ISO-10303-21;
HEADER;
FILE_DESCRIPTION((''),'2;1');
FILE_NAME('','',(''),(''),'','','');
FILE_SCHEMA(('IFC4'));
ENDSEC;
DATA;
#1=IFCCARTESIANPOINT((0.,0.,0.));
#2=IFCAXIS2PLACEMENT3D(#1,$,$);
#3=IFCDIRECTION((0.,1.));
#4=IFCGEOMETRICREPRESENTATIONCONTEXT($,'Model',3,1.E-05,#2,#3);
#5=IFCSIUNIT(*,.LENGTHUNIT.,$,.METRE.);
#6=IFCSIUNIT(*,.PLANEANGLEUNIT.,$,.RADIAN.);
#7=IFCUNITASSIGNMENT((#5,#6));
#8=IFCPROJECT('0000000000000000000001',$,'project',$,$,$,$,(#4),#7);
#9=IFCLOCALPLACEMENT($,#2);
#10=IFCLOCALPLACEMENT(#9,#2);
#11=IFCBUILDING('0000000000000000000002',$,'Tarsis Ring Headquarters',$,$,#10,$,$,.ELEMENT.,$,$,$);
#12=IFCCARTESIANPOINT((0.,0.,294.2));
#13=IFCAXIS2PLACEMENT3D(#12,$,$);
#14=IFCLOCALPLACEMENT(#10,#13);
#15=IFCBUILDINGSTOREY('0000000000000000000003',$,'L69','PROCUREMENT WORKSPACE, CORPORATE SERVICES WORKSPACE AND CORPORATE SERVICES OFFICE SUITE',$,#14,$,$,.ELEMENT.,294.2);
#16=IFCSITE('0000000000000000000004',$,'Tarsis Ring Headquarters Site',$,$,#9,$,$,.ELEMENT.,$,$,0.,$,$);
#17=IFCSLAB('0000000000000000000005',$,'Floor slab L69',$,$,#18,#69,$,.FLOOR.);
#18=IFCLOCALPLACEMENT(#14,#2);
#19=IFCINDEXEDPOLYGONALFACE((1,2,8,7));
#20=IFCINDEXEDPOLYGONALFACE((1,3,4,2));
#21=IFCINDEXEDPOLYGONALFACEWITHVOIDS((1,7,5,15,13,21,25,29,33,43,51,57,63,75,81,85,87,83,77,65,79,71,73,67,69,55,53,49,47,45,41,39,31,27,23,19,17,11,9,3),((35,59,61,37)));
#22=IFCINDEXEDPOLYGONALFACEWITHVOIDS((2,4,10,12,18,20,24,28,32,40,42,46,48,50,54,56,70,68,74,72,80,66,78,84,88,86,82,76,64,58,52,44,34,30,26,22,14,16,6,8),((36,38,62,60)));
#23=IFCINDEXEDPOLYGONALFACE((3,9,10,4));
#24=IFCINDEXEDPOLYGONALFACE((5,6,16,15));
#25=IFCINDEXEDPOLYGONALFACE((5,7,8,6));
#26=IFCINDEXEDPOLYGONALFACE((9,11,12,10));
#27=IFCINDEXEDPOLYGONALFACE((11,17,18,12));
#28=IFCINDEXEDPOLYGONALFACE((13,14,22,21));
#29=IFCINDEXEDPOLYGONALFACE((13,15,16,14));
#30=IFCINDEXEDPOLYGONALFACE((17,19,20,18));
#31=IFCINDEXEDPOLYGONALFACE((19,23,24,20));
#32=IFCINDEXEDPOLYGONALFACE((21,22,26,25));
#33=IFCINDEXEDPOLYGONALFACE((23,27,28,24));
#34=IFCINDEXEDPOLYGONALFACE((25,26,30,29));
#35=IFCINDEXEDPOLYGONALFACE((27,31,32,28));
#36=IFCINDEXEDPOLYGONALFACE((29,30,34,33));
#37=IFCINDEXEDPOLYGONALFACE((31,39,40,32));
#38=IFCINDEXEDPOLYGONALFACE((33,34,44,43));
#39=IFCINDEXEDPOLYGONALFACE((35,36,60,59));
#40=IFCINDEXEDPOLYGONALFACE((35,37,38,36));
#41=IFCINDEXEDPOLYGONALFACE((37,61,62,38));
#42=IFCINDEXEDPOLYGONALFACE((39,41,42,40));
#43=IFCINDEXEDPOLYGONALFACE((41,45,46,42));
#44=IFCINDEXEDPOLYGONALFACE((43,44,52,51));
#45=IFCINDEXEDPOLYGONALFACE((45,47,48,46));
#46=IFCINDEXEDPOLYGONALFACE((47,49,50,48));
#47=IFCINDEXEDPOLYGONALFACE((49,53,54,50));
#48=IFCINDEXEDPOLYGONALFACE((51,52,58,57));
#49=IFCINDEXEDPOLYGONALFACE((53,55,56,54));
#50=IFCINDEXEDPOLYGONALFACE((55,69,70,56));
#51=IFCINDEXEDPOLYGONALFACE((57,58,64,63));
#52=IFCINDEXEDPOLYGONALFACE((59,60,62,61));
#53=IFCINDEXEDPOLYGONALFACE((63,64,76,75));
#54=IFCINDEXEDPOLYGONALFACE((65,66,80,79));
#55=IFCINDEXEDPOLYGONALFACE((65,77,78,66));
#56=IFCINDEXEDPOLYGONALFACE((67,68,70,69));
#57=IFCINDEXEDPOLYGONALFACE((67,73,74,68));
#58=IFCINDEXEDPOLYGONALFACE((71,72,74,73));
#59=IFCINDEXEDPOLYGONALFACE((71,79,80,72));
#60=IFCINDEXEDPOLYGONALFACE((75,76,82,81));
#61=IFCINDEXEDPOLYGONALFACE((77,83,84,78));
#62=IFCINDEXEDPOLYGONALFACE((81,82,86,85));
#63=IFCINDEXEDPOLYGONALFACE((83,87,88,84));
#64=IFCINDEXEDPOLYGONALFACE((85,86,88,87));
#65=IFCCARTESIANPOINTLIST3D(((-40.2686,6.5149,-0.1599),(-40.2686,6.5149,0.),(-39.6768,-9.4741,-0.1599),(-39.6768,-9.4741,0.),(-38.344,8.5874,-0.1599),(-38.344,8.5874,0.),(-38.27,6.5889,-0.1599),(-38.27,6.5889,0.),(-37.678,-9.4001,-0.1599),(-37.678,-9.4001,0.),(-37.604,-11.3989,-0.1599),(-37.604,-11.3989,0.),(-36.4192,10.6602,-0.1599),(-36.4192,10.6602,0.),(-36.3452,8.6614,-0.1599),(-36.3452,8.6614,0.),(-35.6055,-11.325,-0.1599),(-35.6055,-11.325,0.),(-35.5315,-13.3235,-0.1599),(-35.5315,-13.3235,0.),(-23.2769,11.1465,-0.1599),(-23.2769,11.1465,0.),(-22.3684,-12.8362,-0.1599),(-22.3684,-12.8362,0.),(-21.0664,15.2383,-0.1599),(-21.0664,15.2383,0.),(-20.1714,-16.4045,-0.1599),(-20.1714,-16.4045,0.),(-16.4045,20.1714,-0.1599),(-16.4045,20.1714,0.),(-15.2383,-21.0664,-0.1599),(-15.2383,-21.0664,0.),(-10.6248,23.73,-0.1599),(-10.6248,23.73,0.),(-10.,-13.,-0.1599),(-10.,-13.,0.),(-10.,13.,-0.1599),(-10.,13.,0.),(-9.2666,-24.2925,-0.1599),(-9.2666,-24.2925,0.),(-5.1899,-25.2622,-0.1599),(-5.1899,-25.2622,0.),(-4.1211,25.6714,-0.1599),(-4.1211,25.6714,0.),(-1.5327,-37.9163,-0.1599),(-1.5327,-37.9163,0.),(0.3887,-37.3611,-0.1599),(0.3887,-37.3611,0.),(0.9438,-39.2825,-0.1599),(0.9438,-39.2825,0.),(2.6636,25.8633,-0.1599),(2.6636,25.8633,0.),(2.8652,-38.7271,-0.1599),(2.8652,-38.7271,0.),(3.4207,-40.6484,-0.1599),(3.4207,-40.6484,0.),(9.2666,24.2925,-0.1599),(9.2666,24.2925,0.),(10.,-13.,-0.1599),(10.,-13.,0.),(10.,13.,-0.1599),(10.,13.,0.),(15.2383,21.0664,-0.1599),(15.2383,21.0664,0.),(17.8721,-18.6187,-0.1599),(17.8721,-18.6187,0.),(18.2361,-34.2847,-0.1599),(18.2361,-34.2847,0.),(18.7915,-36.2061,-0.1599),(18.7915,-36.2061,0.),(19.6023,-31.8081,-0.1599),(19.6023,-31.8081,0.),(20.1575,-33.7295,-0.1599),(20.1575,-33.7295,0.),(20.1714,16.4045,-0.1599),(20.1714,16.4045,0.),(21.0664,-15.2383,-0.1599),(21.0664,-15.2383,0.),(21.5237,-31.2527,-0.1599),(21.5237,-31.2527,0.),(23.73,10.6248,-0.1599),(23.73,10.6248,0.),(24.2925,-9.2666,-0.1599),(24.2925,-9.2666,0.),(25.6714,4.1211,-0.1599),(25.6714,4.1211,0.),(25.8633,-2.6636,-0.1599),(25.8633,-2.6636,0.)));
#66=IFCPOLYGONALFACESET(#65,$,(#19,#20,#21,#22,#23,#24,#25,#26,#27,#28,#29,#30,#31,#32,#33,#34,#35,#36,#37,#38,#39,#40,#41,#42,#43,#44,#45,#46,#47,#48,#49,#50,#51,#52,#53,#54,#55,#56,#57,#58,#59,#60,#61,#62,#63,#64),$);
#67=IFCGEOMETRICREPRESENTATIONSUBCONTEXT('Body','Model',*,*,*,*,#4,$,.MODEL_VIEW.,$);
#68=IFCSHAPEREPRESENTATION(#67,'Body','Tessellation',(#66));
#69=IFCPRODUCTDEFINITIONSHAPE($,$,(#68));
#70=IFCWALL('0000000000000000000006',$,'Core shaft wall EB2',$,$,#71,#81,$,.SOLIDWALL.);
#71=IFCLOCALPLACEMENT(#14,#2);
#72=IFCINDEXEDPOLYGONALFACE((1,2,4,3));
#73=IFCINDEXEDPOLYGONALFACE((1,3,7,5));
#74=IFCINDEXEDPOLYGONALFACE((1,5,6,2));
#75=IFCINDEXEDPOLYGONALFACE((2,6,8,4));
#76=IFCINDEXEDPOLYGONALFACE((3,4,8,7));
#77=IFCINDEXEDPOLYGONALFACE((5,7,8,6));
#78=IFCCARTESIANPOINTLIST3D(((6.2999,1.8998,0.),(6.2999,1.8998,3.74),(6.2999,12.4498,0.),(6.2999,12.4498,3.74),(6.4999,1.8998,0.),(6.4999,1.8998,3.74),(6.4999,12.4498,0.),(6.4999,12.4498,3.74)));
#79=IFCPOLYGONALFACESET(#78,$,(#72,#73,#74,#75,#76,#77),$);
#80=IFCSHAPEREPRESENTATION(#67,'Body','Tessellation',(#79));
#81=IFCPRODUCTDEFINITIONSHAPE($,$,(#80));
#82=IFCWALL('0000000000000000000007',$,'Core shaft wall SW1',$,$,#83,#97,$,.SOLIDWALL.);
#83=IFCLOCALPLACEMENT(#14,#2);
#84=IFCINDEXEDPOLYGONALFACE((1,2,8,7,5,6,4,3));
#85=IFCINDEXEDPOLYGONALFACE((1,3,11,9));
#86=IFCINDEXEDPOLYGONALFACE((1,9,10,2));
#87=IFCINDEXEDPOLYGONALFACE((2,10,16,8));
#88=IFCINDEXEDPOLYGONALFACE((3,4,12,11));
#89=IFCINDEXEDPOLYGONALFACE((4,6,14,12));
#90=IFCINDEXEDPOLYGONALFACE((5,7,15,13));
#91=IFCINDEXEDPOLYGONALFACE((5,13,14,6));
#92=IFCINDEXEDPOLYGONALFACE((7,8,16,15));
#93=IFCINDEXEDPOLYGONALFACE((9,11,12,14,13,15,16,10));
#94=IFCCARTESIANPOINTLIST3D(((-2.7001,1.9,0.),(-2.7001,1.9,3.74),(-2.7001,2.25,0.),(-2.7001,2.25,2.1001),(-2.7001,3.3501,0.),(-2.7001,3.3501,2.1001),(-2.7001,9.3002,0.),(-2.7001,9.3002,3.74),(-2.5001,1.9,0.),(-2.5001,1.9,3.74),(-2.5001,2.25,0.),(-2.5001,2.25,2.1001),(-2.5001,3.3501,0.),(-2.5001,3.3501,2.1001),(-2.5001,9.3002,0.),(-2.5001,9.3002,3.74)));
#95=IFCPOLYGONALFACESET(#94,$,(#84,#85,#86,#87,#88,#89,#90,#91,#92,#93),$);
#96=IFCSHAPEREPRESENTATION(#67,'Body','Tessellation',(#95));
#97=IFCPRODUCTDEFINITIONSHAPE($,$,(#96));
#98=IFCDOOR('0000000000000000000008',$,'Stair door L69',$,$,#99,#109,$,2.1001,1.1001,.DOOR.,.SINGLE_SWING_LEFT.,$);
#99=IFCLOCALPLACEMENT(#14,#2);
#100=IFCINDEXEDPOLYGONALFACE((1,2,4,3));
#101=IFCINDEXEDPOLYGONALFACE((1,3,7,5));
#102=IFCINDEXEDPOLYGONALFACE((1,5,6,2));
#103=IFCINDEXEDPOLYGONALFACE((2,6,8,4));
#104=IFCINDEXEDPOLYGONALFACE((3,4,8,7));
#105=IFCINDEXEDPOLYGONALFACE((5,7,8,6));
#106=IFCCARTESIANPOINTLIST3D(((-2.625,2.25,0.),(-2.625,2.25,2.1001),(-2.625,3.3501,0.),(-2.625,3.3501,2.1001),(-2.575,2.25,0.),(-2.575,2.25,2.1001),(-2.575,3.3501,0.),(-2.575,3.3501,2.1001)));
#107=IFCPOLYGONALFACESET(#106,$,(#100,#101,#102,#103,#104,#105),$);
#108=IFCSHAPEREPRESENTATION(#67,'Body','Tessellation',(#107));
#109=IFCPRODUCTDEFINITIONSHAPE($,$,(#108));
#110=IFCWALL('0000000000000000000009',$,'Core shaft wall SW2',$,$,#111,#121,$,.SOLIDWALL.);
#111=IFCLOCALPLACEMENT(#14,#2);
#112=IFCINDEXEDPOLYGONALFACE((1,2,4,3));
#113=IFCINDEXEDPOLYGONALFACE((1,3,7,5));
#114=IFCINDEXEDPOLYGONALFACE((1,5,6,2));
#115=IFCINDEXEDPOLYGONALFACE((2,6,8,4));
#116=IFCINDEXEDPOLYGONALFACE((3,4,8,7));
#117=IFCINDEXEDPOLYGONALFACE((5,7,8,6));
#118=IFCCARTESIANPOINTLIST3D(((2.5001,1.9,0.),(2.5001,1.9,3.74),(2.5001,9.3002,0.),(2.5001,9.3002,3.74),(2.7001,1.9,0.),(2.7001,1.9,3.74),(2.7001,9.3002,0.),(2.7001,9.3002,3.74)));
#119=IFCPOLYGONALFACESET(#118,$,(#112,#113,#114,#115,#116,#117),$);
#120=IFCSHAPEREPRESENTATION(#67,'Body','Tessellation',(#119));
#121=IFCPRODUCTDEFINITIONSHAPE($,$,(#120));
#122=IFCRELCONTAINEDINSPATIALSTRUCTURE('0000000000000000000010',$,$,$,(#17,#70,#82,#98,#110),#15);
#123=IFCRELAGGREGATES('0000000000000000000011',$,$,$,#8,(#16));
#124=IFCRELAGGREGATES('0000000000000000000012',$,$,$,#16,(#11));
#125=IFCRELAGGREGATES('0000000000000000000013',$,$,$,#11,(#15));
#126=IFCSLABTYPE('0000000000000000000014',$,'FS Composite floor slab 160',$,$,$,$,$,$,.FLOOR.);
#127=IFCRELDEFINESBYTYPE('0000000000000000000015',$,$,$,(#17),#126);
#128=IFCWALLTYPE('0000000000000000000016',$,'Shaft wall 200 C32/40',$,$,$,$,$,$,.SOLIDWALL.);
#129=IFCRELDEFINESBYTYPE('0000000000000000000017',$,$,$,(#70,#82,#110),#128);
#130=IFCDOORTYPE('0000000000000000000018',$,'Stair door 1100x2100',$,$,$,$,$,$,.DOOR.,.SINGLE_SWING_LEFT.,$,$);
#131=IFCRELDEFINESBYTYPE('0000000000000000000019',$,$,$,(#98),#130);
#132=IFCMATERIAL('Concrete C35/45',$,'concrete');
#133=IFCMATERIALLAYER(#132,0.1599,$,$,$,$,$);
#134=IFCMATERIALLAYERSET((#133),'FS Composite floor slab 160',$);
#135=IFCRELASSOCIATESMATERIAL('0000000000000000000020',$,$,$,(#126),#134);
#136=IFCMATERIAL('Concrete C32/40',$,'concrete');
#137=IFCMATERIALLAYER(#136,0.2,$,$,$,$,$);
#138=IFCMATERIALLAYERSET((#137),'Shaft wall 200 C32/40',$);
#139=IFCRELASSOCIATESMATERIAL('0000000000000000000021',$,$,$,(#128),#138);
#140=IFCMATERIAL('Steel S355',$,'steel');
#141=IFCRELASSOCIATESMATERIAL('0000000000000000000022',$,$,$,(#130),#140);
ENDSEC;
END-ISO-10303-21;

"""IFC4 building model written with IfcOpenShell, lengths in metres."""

from ifc_helpers import new_model, si_unit, direction, frame, frame_2d, origin, place, context, subcontext, project, spatial, polyline, rectangle, outline, extrude, material, layer, layer_set, type_object, element, fill, save


model = new_model("IFC4")

# Units and contexts
model_context = context("Model", 3, precision=1e-05, world=origin(), true_north=direction((0.0, 1.0)))
body_context = subcontext(model_context, "Body", "Model", "MODEL_VIEW")
ifc_project = project(units=[si_unit("LENGTHUNIT", "METRE"), si_unit("PLANEANGLEUNIT", "RADIAN")], contexts=[model_context])

# Site, building, storey
site_placement = place(None, origin())
site = spatial("IfcSite", under=ifc_project, at=site_placement, Name="Tarsis Ring Headquarters Site", CompositionType="ELEMENT", RefElevation=0.0)
building_placement = place(site_placement, origin())
building = spatial("IfcBuilding", under=site, at=building_placement, Name="Tarsis Ring Headquarters", CompositionType="ELEMENT")
storey_placement = place(building_placement, frame((0.0, 0.0, 294.2)))
storey = spatial("IfcBuildingStorey", under=building, at=storey_placement, Name="L69", Description="PROCUREMENT WORKSPACE, CORPORATE SERVICES WORKSPACE AND CORPORATE SERVICES OFFICE SUITE", CompositionType="ELEMENT", Elevation=294.2)

# Slab
ifc_material_1 = material(Name="Concrete C35/45", Category="concrete")
ifc_layer_1 = layer(ifc_material_1, 0.1599)
ifc_layer_set_1 = layer_set([ifc_layer_1], Name="FS Composite floor slab 160")
slab_type_1 = type_object("IfcSlabType", Name="FS Composite floor slab 160", PredefinedType="FLOOR", material=ifc_layer_set_1)
slab_1_placement = place(storey_placement, frame((0.0, 0.0, -0.1599)))
element("IfcSlab", 1, at=slab_1_placement, inside=storey, type_object=slab_type_1, Name="Floor slab L69", PredefinedType="FLOOR", context=body_context, shape_type="SweptSolid", body=[
    extrude(outline(polyline([(-22.3684, -12.8362), (-20.1714, -16.4045), (-15.2383, -21.0664), (-9.2666, -24.2925), (-5.1899, -25.2622), (-1.5327, -37.9163), (0.3887, -37.3611), (0.9438, -39.2825), (2.8652, -38.7271), (3.4207, -40.6484), (18.7915, -36.2061), (18.2361, -34.2847), (20.1575, -33.7295), (19.6023, -31.8081), (21.5237, -31.2527), (17.8721, -18.6187), (21.0664, -15.2383), (24.2925, -9.2666), (25.8633, -2.6636), (25.6714, 4.1211), (23.73, 10.6248), (20.1714, 16.4045), (15.2383, 21.0664), (9.2666, 24.2925), (2.6636, 25.8633), (-4.1211, 25.6714), (-10.6248, 23.73), (-16.4045, 20.1714), (-21.0664, 15.2383), (-23.2769, 11.1465), (-36.4192, 10.6602), (-36.3452, 8.6614), (-38.344, 8.5874), (-38.27, 6.5889), (-40.2686, 6.5149), (-39.6768, -9.4741), (-37.678, -9.4001), (-37.604, -11.3989), (-35.6055, -11.325), (-35.5315, -13.3235), (-22.3684, -12.8362)]), holes=[polyline([(-10.0, -13.0), (-10.0, 13.0), (10.0, 13.0), (10.0, -13.0), (-10.0, -13.0)])]), origin(), (0.0, 0.0, 1.0), 0.1599),
])

# Wall
ifc_material_2 = material(Name="Concrete C32/40", Category="concrete")
ifc_layer_2 = layer(ifc_material_2, 0.2)
ifc_layer_set_2 = layer_set([ifc_layer_2], Name="Shaft wall 200 C32/40")
wall_type = type_object("IfcWallType", Name="Shaft wall 200 C32/40", PredefinedType="SOLIDWALL", material=ifc_layer_set_2)
wall_1_placement = place(storey_placement, frame((6.3999, 1.8999, 0.0), z_axis=(0.0, 0.0, 1.0), x_axis=(0.0, 1.0, 0.0)))
element("IfcWall", 2, at=wall_1_placement, inside=storey, type_object=wall_type, Name="Core shaft wall EB2", PredefinedType="SOLIDWALL", context=body_context, shape_type="SweptSolid", body=[
    extrude(rectangle(XDim=10.55, YDim=0.2, at=frame_2d((5.2749, 0.0))), origin(), (0.0, 0.0, 1.0), 3.74),
])

# Wall, opening, door
wall_2_placement = place(storey_placement, frame((-2.6001, 1.8999, 0.0), z_axis=(0.0, 0.0, 1.0), x_axis=(0.0, 1.0, 0.0)))
wall_2 = element("IfcWall", 3, at=wall_2_placement, inside=storey, type_object=wall_type, Name="Core shaft wall SW1", PredefinedType="SOLIDWALL", context=body_context, shape_type="SweptSolid", body=[
    extrude(rectangle(XDim=7.4001, YDim=0.2, at=frame_2d((3.7002, 0.0))), origin(), (0.0, 0.0, 1.0), 3.74),
])
opening_placement = place(wall_2_placement, frame((0.3501, 0.0, 0.0)))
opening = element("IfcOpeningElement", 4, at=opening_placement, cuts=wall_2, PredefinedType="OPENING", context=body_context, shape_type="SweptSolid", body=[
    extrude(rectangle(XDim=1.1001, YDim=2.1001, at=frame_2d((0.55, 1.05))), frame((0.0, 0.1099, 0.0), z_axis=(0.0, -1.0, 0.0), x_axis=(1.0, 0.0, 0.0)), (0.0, 0.0, 1.0), 0.22),
])
ifc_material_3 = material(Name="Steel S355", Category="steel")
door_type = type_object("IfcDoorType", Name="Stair door 1100x2100", OperationType="SINGLE_SWING_LEFT", PredefinedType="DOOR", material=ifc_material_3)
door_placement = place(opening_placement, origin())
door = element("IfcDoor", 5, at=door_placement, inside=storey, type_object=door_type, Name="Stair door L69", OperationType="SINGLE_SWING_LEFT", OverallHeight=2.1001, OverallWidth=1.1001, PredefinedType="DOOR", context=body_context, shape_type="SweptSolid", body=[
    extrude(rectangle(XDim=1.1001, YDim=2.1001, at=frame_2d((0.55, 1.05))), frame((0.0, 0.0249, 0.0), z_axis=(0.0, -1.0, 0.0), x_axis=(1.0, 0.0, 0.0)), (0.0, 0.0, 1.0), 0.05),
])
fill(opening, door)

# Wall
wall_3_placement = place(storey_placement, frame((2.6001, 1.8999, 0.0), z_axis=(0.0, 0.0, 1.0), x_axis=(0.0, 1.0, 0.0)))
element("IfcWall", 6, at=wall_3_placement, inside=storey, type_object=wall_type, Name="Core shaft wall SW2", PredefinedType="SOLIDWALL", context=body_context, shape_type="SweptSolid", body=[
    extrude(rectangle(XDim=7.4001, YDim=0.2, at=frame_2d((3.7002, 0.0))), origin(), (0.0, 0.0, 1.0), 3.74),
])

save(model, "model.ifc")
